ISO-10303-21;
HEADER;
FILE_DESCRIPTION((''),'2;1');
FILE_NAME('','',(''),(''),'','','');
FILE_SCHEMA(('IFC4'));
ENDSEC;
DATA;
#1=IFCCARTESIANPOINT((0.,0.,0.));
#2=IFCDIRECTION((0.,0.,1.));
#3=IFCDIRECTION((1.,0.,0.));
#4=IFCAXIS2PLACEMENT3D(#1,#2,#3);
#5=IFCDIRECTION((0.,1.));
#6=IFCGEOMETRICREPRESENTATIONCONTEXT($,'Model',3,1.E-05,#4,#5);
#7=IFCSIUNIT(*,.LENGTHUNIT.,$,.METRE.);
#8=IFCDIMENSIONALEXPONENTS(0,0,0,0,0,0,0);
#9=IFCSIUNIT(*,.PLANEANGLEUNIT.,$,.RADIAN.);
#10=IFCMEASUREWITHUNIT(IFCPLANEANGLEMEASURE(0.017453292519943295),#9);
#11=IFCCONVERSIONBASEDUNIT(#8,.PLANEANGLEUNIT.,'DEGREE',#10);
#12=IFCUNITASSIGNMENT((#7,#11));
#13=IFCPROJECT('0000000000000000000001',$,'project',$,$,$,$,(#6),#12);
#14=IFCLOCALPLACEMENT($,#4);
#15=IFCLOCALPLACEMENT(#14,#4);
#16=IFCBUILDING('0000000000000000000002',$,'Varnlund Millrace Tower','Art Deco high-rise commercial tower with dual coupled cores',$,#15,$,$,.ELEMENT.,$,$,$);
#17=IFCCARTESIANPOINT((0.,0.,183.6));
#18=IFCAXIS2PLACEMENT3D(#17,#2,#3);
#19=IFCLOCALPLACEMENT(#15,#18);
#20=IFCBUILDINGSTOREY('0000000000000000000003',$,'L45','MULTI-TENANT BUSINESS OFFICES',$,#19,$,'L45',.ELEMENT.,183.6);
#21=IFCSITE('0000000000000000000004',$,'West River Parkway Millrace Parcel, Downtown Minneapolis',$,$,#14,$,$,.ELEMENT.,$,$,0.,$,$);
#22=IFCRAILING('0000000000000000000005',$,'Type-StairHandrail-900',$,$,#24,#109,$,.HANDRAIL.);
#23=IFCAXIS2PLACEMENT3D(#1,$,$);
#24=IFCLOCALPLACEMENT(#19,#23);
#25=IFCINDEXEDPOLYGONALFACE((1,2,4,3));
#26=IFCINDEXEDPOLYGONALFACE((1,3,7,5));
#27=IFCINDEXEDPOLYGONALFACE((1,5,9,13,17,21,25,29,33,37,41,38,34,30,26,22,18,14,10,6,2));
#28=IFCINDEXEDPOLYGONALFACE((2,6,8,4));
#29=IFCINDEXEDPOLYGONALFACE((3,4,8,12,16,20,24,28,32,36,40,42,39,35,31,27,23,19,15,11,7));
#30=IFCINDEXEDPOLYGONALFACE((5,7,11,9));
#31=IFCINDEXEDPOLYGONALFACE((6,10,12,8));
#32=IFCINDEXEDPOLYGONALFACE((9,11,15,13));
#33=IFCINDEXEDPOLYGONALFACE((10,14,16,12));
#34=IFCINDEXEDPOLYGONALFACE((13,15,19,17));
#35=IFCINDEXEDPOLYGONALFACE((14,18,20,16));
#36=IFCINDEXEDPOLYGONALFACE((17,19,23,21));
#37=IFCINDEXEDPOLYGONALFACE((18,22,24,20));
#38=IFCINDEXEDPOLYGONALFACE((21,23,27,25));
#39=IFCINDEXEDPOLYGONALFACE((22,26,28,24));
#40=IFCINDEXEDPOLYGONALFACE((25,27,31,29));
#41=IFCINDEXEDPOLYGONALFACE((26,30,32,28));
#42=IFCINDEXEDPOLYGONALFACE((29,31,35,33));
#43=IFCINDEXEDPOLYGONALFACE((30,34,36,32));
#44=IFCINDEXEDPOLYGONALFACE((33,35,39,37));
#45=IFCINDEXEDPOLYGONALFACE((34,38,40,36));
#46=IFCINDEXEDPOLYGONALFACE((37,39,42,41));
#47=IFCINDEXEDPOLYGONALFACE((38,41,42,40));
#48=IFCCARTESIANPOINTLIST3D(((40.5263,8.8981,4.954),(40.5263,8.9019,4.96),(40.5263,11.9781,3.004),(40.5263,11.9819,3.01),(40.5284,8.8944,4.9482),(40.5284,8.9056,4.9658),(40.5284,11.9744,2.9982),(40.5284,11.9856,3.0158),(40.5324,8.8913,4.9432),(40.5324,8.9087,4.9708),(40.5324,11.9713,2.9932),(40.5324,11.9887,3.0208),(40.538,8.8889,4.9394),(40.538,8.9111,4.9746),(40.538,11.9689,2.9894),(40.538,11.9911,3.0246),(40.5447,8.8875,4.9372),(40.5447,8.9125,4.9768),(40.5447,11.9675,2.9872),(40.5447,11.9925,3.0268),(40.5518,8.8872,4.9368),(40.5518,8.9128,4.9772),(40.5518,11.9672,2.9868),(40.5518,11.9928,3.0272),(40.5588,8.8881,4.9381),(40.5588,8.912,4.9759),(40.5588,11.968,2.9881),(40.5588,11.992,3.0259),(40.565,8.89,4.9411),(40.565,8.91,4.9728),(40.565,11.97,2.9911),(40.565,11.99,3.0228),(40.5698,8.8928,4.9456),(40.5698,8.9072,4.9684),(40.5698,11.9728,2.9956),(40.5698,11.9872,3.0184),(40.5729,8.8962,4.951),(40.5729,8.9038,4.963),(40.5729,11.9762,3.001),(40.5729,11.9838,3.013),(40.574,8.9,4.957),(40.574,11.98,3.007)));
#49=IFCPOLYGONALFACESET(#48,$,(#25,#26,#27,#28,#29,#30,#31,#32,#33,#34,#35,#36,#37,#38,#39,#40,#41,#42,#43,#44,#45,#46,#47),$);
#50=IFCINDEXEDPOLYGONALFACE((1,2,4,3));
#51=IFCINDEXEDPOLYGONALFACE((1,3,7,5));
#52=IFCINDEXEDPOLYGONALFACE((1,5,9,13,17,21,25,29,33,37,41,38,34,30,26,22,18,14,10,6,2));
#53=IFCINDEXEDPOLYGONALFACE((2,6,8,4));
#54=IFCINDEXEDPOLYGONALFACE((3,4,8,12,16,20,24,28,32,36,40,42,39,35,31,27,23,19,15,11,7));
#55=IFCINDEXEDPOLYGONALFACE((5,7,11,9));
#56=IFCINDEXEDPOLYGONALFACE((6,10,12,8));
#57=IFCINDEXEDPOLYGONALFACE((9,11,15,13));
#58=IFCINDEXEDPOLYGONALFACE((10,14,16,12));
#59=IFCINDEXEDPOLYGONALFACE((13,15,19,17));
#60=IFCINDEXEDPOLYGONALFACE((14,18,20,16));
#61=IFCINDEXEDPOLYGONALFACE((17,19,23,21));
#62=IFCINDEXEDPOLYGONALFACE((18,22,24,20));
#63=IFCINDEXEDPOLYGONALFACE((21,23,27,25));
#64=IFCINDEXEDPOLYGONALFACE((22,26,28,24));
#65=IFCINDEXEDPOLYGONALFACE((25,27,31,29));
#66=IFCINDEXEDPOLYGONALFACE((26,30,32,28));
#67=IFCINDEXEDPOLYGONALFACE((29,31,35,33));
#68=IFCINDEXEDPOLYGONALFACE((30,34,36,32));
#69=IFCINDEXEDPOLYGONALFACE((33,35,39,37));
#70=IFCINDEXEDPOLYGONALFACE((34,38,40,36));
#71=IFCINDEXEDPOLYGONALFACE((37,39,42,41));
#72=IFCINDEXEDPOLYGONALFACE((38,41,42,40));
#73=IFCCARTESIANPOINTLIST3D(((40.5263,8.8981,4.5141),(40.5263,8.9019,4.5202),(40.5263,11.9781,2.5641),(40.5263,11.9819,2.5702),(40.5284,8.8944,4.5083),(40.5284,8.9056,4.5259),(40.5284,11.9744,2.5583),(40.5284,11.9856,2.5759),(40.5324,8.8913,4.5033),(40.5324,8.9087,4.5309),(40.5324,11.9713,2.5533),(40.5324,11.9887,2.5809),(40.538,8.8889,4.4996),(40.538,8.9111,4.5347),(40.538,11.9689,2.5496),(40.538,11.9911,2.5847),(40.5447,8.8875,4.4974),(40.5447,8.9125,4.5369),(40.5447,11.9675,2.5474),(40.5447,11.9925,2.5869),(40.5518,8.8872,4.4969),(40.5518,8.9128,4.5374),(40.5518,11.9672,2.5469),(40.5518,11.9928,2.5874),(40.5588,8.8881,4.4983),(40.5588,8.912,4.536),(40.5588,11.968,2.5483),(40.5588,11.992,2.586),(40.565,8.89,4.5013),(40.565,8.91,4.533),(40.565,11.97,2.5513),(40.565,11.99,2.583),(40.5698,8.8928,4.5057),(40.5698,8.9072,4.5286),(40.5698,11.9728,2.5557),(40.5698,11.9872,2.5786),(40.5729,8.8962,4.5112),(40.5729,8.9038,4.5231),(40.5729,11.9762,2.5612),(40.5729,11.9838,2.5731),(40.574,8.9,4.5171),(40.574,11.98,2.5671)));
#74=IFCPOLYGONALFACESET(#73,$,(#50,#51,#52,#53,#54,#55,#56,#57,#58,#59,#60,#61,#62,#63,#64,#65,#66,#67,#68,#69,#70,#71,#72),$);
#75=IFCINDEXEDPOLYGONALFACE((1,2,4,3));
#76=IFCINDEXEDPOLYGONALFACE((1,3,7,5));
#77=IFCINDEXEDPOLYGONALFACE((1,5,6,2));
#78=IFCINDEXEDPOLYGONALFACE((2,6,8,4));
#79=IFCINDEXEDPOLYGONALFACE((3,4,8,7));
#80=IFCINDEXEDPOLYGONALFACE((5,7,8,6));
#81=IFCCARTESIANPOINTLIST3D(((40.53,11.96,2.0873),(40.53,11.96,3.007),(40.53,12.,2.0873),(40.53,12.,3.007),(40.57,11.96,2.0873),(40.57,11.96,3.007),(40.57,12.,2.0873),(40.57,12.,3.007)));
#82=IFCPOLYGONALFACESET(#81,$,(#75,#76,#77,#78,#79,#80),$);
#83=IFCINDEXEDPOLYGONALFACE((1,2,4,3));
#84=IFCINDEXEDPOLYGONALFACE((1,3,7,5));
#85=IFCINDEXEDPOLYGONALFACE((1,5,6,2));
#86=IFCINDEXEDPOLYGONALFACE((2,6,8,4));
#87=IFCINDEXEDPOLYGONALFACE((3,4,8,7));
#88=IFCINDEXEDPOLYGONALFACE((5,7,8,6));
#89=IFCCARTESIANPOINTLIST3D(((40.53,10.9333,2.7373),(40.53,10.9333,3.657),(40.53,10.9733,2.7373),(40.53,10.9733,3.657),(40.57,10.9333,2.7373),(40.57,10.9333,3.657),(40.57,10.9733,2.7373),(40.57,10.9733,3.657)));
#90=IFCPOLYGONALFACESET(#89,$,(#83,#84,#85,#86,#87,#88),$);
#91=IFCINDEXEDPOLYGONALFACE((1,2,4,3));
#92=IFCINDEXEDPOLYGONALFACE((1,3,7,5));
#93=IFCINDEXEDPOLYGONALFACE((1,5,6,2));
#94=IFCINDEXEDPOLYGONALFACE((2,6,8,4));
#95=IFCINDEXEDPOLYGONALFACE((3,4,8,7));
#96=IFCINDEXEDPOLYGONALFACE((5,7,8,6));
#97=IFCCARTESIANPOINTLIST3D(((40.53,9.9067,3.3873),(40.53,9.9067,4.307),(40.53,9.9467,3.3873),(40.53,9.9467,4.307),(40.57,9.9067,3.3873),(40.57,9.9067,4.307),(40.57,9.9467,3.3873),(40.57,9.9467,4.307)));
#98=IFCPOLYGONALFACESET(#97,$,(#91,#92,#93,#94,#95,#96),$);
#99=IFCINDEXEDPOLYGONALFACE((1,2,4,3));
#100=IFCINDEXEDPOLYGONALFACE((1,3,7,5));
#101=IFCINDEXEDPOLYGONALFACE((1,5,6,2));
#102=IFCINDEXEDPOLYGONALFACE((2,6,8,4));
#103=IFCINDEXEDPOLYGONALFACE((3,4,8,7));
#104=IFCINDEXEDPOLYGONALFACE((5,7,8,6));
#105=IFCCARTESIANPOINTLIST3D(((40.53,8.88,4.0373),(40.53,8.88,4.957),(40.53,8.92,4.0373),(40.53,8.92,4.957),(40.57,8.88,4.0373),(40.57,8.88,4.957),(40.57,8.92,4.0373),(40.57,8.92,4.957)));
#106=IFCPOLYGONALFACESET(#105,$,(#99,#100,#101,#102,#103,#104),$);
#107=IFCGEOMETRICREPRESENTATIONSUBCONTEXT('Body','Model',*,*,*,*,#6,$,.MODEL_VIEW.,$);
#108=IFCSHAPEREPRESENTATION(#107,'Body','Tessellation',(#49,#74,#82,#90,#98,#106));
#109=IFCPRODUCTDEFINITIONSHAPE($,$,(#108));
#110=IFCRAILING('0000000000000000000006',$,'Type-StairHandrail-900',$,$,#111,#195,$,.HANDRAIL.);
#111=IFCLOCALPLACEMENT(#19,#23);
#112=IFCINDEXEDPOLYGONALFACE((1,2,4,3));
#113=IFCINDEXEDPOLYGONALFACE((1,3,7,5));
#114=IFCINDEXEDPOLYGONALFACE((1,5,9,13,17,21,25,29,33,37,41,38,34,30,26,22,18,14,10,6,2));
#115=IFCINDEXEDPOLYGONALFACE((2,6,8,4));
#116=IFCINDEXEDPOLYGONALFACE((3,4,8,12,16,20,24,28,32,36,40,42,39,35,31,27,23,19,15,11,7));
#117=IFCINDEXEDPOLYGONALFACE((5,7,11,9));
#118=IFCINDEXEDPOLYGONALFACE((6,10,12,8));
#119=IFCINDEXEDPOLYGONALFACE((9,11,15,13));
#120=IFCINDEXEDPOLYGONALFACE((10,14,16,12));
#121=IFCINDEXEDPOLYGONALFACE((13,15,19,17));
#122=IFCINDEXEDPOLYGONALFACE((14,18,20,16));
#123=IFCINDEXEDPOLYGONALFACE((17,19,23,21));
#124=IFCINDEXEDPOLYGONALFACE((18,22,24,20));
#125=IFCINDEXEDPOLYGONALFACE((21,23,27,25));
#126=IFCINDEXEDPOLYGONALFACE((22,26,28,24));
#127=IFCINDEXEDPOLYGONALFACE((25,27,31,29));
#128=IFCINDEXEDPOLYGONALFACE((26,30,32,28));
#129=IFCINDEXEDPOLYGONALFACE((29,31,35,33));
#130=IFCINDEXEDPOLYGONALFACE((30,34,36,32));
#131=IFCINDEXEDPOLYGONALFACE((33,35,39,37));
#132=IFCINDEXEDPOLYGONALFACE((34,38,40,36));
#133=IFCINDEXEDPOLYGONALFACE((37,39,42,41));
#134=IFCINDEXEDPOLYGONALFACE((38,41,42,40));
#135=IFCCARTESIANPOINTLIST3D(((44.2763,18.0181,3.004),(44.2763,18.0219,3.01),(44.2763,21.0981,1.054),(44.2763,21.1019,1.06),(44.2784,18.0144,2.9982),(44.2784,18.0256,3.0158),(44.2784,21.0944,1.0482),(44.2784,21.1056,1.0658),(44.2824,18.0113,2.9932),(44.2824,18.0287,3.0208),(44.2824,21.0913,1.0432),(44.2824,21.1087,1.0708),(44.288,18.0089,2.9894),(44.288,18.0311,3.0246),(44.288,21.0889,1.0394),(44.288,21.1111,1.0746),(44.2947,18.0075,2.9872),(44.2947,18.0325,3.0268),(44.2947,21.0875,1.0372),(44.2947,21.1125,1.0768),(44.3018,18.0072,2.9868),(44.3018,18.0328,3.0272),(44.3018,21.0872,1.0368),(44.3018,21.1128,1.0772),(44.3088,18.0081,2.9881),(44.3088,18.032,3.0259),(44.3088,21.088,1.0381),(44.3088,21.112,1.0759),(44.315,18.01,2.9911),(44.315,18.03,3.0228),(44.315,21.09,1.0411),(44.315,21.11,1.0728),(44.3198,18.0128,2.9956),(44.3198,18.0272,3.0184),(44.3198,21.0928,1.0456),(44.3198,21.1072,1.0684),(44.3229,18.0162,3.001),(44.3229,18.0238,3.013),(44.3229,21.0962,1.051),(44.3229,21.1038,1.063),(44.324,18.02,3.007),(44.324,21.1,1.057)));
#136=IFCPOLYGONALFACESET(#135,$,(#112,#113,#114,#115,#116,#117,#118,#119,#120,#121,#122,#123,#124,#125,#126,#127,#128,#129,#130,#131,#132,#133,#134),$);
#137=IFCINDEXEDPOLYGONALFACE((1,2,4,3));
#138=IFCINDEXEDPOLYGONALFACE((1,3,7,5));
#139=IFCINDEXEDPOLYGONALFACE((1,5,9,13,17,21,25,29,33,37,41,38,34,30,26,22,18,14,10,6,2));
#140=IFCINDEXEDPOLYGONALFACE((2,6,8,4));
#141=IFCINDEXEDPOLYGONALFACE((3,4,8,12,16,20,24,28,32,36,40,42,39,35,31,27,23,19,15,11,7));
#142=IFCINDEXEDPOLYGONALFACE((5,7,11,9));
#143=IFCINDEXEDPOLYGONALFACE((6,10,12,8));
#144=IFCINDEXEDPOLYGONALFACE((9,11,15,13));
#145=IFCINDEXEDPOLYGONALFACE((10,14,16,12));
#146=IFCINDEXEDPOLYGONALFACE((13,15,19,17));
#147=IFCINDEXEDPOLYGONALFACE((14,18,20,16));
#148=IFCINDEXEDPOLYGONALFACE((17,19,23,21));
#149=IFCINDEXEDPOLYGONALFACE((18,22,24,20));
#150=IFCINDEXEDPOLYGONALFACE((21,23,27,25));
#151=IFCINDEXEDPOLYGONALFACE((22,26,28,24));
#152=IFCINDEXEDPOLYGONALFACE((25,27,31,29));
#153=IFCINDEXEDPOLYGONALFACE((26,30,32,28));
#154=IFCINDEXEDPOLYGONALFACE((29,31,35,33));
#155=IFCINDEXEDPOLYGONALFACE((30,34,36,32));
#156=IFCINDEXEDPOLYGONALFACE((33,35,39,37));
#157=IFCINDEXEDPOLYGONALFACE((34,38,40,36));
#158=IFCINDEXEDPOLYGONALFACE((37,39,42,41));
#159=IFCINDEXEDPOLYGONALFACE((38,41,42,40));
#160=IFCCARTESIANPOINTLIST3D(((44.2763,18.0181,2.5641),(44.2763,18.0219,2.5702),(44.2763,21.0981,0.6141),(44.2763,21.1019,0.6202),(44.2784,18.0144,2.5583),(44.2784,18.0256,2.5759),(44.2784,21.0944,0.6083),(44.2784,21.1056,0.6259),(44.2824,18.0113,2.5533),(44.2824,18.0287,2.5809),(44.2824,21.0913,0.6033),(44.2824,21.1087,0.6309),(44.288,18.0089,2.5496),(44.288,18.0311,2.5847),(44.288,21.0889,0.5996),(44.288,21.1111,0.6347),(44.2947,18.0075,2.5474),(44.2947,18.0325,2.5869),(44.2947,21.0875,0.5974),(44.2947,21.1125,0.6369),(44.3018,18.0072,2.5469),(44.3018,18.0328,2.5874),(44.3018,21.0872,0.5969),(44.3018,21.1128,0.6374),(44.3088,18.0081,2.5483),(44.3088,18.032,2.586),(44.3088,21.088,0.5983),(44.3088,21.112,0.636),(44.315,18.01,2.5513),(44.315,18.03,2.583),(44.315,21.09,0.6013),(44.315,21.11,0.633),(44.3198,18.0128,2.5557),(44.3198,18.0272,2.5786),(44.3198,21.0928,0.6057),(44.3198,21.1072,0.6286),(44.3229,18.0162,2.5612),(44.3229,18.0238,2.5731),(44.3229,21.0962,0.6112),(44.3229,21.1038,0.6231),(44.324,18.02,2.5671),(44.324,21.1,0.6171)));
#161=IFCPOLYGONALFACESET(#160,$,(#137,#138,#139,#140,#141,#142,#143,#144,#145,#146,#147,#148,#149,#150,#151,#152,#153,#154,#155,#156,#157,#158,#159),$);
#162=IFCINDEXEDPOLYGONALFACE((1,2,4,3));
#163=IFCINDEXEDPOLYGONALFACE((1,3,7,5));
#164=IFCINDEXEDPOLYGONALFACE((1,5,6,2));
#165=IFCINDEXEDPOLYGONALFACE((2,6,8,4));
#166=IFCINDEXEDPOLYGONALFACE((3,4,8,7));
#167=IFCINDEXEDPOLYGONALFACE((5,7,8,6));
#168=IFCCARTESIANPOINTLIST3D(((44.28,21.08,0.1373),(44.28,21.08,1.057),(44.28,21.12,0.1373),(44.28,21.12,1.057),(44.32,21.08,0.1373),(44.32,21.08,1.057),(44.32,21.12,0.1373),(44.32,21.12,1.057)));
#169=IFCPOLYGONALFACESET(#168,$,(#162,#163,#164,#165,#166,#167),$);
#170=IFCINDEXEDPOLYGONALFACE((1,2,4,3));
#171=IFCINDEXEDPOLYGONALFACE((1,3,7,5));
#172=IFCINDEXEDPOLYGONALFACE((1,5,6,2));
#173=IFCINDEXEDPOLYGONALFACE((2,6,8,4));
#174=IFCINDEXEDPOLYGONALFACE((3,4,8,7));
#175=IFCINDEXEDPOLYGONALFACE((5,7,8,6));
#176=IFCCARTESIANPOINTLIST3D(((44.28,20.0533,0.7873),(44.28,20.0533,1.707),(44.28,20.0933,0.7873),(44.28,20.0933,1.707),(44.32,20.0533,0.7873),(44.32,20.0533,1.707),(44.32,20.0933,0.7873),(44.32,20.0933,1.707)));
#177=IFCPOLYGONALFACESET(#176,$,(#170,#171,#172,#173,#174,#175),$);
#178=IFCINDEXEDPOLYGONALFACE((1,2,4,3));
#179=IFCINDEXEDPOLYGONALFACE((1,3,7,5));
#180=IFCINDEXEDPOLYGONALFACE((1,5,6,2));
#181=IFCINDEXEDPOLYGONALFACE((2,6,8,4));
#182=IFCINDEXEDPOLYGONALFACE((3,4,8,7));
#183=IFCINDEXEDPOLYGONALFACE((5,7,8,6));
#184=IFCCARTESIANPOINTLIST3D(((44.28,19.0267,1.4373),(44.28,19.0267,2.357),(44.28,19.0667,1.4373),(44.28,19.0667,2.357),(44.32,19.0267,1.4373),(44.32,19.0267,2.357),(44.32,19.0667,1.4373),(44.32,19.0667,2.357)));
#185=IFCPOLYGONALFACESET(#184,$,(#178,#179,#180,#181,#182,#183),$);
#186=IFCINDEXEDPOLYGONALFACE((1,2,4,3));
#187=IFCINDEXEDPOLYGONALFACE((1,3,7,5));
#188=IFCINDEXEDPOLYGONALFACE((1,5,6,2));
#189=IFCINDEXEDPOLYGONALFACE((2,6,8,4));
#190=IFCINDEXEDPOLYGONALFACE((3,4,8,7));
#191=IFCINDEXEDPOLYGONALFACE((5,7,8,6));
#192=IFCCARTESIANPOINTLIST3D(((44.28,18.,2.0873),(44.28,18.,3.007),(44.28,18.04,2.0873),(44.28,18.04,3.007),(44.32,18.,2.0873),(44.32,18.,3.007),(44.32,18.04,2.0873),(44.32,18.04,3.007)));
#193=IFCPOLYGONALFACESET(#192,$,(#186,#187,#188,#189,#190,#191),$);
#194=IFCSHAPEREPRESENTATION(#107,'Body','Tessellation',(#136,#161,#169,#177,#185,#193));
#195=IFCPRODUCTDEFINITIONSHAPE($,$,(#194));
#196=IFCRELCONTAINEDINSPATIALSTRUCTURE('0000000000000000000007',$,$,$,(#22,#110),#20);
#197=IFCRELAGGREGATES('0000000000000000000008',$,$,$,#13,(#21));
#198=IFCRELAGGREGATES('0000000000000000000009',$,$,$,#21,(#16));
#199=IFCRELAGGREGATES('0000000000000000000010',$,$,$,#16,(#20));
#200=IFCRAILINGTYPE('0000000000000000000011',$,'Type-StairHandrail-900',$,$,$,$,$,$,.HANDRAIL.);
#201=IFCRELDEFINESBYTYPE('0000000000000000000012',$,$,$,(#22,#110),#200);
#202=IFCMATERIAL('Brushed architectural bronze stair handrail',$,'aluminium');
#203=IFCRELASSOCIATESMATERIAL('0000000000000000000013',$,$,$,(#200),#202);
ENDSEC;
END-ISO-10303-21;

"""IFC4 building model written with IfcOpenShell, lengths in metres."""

from ifc_helpers import new_model, entity, si_unit, converted_unit, direction, frame, origin_with_axes, origin_2d_with_axis, place, context, subcontext, project, spatial, rectangle, circle, extrude, material, type_object, element, save


model = new_model("IFC4")

# Units and contexts
model_context = context("Model", 3, precision=1e-05, world=origin_with_axes(), true_north=direction((0.0, 1.0)))
body_context = subcontext(model_context, "Body", "Model", "MODEL_VIEW")
ifc_project = project(units=[si_unit("LENGTHUNIT", "METRE"), converted_unit("PLANEANGLEUNIT", "DEGREE", entity("IfcPlaneAngleMeasure", 0.017453292519943295), si_unit("PLANEANGLEUNIT", "RADIAN"), dimensions=[0, 0, 0, 0, 0, 0, 0])], contexts=[model_context])

# Site, building, storey
site_placement = place(None, origin_with_axes())
site = spatial("IfcSite", under=ifc_project, at=site_placement, Name="West River Parkway Millrace Parcel, Downtown Minneapolis", CompositionType="ELEMENT", RefElevation=0.0)
building_placement = place(site_placement, origin_with_axes())
building = spatial("IfcBuilding", under=site, at=building_placement, Name="Varnlund Millrace Tower", Description="Art Deco high-rise commercial tower with dual coupled cores", CompositionType="ELEMENT")
storey_placement = place(building_placement, frame((0.0, 0.0, 183.6), z_axis=(0.0, 0.0, 1.0), x_axis=(1.0, 0.0, 0.0)))
storey = spatial("IfcBuildingStorey", under=building, at=storey_placement, Name="L45", Description="MULTI-TENANT BUSINESS OFFICES", LongName="L45", CompositionType="ELEMENT", Elevation=183.6)

# Railings
ifc_material_1 = material(Name="Brushed architectural bronze stair handrail", Category="aluminium")
railing_type_1 = type_object("IfcRailingType", Name="Type-StairHandrail-900", PredefinedType="HANDRAIL", material=ifc_material_1)
railing_1_placement = place(storey_placement, frame((0.0, 0.0, -183.6), z_axis=(0.0, 0.0, 1.0), x_axis=(1.0, 0.0, 0.0)))
element("IfcRailing", 1, at=railing_1_placement, inside=storey, type_object=railing_type_1, Name="Type-StairHandrail-900", PredefinedType="HANDRAIL", context=body_context, shape_type="SweptSolid", body=[
    extrude(circle(Radius=0.024, at=origin_2d_with_axis()), frame((40.55, 11.98, 186.607), z_axis=(0.0, -0.844902, 0.534922), x_axis=(1.0, 0.0, 0.0)), (0.0, 0.0, 1.0), 3.6454),
    extrude(circle(Radius=0.024, at=origin_2d_with_axis()), frame((40.55, 11.98, 186.1671), z_axis=(0.0, -0.844902, 0.534922), x_axis=(1.0, 0.0, 0.0)), (0.0, 0.0, 1.0), 3.6454),
    extrude(rectangle(XDim=0.04, YDim=0.04, at=origin_2d_with_axis()), frame((40.55, 11.98, 185.6873), z_axis=(0.0, 0.0, 1.0), x_axis=(1.0, 0.0, 0.0)), (0.0, 0.0, 1.0), 0.9197),
    extrude(rectangle(XDim=0.04, YDim=0.04, at=origin_2d_with_axis()), frame((40.55, 10.9533, 186.3373), z_axis=(0.0, 0.0, 1.0), x_axis=(1.0, 0.0, 0.0)), (0.0, 0.0, 1.0), 0.9197),
    extrude(rectangle(XDim=0.04, YDim=0.04, at=origin_2d_with_axis()), frame((40.55, 9.9267, 186.9873), z_axis=(0.0, 0.0, 1.0), x_axis=(1.0, 0.0, 0.0)), (0.0, 0.0, 1.0), 0.9197),
    extrude(rectangle(XDim=0.04, YDim=0.04, at=origin_2d_with_axis()), frame((40.55, 8.9, 187.6373), z_axis=(0.0, 0.0, 1.0), x_axis=(1.0, 0.0, 0.0)), (0.0, 0.0, 1.0), 0.9197),
])
railing_2_placement = place(storey_placement, frame((0.0, 0.0, -183.6), z_axis=(0.0, 0.0, 1.0), x_axis=(1.0, 0.0, 0.0)))
element("IfcRailing", 2, at=railing_2_placement, inside=storey, type_object=railing_type_1, Name="Type-StairHandrail-900", PredefinedType="HANDRAIL", context=body_context, shape_type="SweptSolid", body=[
    extrude(circle(Radius=0.024, at=origin_2d_with_axis()), frame((44.3, 21.1, 184.657), z_axis=(0.0, -0.844902, 0.534922), x_axis=(1.0, 0.0, 0.0)), (0.0, 0.0, 1.0), 3.6454),
    extrude(circle(Radius=0.024, at=origin_2d_with_axis()), frame((44.3, 21.1, 184.2171), z_axis=(0.0, -0.844902, 0.534922), x_axis=(1.0, 0.0, 0.0)), (0.0, 0.0, 1.0), 3.6454),
    extrude(rectangle(XDim=0.04, YDim=0.04, at=origin_2d_with_axis()), frame((44.3, 21.1, 183.7373), z_axis=(0.0, 0.0, 1.0), x_axis=(1.0, 0.0, 0.0)), (0.0, 0.0, 1.0), 0.9197),
    extrude(rectangle(XDim=0.04, YDim=0.04, at=origin_2d_with_axis()), frame((44.3, 20.0733, 184.3873), z_axis=(0.0, 0.0, 1.0), x_axis=(1.0, 0.0, 0.0)), (0.0, 0.0, 1.0), 0.9197),
    extrude(rectangle(XDim=0.04, YDim=0.04, at=origin_2d_with_axis()), frame((44.3, 19.0467, 185.0373), z_axis=(0.0, 0.0, 1.0), x_axis=(1.0, 0.0, 0.0)), (0.0, 0.0, 1.0), 0.9197),
    extrude(rectangle(XDim=0.04, YDim=0.04, at=origin_2d_with_axis()), frame((44.3, 18.02, 185.6873), z_axis=(0.0, 0.0, 1.0), x_axis=(1.0, 0.0, 0.0)), (0.0, 0.0, 1.0), 0.9197),
])

save(model, "model.ifc")
